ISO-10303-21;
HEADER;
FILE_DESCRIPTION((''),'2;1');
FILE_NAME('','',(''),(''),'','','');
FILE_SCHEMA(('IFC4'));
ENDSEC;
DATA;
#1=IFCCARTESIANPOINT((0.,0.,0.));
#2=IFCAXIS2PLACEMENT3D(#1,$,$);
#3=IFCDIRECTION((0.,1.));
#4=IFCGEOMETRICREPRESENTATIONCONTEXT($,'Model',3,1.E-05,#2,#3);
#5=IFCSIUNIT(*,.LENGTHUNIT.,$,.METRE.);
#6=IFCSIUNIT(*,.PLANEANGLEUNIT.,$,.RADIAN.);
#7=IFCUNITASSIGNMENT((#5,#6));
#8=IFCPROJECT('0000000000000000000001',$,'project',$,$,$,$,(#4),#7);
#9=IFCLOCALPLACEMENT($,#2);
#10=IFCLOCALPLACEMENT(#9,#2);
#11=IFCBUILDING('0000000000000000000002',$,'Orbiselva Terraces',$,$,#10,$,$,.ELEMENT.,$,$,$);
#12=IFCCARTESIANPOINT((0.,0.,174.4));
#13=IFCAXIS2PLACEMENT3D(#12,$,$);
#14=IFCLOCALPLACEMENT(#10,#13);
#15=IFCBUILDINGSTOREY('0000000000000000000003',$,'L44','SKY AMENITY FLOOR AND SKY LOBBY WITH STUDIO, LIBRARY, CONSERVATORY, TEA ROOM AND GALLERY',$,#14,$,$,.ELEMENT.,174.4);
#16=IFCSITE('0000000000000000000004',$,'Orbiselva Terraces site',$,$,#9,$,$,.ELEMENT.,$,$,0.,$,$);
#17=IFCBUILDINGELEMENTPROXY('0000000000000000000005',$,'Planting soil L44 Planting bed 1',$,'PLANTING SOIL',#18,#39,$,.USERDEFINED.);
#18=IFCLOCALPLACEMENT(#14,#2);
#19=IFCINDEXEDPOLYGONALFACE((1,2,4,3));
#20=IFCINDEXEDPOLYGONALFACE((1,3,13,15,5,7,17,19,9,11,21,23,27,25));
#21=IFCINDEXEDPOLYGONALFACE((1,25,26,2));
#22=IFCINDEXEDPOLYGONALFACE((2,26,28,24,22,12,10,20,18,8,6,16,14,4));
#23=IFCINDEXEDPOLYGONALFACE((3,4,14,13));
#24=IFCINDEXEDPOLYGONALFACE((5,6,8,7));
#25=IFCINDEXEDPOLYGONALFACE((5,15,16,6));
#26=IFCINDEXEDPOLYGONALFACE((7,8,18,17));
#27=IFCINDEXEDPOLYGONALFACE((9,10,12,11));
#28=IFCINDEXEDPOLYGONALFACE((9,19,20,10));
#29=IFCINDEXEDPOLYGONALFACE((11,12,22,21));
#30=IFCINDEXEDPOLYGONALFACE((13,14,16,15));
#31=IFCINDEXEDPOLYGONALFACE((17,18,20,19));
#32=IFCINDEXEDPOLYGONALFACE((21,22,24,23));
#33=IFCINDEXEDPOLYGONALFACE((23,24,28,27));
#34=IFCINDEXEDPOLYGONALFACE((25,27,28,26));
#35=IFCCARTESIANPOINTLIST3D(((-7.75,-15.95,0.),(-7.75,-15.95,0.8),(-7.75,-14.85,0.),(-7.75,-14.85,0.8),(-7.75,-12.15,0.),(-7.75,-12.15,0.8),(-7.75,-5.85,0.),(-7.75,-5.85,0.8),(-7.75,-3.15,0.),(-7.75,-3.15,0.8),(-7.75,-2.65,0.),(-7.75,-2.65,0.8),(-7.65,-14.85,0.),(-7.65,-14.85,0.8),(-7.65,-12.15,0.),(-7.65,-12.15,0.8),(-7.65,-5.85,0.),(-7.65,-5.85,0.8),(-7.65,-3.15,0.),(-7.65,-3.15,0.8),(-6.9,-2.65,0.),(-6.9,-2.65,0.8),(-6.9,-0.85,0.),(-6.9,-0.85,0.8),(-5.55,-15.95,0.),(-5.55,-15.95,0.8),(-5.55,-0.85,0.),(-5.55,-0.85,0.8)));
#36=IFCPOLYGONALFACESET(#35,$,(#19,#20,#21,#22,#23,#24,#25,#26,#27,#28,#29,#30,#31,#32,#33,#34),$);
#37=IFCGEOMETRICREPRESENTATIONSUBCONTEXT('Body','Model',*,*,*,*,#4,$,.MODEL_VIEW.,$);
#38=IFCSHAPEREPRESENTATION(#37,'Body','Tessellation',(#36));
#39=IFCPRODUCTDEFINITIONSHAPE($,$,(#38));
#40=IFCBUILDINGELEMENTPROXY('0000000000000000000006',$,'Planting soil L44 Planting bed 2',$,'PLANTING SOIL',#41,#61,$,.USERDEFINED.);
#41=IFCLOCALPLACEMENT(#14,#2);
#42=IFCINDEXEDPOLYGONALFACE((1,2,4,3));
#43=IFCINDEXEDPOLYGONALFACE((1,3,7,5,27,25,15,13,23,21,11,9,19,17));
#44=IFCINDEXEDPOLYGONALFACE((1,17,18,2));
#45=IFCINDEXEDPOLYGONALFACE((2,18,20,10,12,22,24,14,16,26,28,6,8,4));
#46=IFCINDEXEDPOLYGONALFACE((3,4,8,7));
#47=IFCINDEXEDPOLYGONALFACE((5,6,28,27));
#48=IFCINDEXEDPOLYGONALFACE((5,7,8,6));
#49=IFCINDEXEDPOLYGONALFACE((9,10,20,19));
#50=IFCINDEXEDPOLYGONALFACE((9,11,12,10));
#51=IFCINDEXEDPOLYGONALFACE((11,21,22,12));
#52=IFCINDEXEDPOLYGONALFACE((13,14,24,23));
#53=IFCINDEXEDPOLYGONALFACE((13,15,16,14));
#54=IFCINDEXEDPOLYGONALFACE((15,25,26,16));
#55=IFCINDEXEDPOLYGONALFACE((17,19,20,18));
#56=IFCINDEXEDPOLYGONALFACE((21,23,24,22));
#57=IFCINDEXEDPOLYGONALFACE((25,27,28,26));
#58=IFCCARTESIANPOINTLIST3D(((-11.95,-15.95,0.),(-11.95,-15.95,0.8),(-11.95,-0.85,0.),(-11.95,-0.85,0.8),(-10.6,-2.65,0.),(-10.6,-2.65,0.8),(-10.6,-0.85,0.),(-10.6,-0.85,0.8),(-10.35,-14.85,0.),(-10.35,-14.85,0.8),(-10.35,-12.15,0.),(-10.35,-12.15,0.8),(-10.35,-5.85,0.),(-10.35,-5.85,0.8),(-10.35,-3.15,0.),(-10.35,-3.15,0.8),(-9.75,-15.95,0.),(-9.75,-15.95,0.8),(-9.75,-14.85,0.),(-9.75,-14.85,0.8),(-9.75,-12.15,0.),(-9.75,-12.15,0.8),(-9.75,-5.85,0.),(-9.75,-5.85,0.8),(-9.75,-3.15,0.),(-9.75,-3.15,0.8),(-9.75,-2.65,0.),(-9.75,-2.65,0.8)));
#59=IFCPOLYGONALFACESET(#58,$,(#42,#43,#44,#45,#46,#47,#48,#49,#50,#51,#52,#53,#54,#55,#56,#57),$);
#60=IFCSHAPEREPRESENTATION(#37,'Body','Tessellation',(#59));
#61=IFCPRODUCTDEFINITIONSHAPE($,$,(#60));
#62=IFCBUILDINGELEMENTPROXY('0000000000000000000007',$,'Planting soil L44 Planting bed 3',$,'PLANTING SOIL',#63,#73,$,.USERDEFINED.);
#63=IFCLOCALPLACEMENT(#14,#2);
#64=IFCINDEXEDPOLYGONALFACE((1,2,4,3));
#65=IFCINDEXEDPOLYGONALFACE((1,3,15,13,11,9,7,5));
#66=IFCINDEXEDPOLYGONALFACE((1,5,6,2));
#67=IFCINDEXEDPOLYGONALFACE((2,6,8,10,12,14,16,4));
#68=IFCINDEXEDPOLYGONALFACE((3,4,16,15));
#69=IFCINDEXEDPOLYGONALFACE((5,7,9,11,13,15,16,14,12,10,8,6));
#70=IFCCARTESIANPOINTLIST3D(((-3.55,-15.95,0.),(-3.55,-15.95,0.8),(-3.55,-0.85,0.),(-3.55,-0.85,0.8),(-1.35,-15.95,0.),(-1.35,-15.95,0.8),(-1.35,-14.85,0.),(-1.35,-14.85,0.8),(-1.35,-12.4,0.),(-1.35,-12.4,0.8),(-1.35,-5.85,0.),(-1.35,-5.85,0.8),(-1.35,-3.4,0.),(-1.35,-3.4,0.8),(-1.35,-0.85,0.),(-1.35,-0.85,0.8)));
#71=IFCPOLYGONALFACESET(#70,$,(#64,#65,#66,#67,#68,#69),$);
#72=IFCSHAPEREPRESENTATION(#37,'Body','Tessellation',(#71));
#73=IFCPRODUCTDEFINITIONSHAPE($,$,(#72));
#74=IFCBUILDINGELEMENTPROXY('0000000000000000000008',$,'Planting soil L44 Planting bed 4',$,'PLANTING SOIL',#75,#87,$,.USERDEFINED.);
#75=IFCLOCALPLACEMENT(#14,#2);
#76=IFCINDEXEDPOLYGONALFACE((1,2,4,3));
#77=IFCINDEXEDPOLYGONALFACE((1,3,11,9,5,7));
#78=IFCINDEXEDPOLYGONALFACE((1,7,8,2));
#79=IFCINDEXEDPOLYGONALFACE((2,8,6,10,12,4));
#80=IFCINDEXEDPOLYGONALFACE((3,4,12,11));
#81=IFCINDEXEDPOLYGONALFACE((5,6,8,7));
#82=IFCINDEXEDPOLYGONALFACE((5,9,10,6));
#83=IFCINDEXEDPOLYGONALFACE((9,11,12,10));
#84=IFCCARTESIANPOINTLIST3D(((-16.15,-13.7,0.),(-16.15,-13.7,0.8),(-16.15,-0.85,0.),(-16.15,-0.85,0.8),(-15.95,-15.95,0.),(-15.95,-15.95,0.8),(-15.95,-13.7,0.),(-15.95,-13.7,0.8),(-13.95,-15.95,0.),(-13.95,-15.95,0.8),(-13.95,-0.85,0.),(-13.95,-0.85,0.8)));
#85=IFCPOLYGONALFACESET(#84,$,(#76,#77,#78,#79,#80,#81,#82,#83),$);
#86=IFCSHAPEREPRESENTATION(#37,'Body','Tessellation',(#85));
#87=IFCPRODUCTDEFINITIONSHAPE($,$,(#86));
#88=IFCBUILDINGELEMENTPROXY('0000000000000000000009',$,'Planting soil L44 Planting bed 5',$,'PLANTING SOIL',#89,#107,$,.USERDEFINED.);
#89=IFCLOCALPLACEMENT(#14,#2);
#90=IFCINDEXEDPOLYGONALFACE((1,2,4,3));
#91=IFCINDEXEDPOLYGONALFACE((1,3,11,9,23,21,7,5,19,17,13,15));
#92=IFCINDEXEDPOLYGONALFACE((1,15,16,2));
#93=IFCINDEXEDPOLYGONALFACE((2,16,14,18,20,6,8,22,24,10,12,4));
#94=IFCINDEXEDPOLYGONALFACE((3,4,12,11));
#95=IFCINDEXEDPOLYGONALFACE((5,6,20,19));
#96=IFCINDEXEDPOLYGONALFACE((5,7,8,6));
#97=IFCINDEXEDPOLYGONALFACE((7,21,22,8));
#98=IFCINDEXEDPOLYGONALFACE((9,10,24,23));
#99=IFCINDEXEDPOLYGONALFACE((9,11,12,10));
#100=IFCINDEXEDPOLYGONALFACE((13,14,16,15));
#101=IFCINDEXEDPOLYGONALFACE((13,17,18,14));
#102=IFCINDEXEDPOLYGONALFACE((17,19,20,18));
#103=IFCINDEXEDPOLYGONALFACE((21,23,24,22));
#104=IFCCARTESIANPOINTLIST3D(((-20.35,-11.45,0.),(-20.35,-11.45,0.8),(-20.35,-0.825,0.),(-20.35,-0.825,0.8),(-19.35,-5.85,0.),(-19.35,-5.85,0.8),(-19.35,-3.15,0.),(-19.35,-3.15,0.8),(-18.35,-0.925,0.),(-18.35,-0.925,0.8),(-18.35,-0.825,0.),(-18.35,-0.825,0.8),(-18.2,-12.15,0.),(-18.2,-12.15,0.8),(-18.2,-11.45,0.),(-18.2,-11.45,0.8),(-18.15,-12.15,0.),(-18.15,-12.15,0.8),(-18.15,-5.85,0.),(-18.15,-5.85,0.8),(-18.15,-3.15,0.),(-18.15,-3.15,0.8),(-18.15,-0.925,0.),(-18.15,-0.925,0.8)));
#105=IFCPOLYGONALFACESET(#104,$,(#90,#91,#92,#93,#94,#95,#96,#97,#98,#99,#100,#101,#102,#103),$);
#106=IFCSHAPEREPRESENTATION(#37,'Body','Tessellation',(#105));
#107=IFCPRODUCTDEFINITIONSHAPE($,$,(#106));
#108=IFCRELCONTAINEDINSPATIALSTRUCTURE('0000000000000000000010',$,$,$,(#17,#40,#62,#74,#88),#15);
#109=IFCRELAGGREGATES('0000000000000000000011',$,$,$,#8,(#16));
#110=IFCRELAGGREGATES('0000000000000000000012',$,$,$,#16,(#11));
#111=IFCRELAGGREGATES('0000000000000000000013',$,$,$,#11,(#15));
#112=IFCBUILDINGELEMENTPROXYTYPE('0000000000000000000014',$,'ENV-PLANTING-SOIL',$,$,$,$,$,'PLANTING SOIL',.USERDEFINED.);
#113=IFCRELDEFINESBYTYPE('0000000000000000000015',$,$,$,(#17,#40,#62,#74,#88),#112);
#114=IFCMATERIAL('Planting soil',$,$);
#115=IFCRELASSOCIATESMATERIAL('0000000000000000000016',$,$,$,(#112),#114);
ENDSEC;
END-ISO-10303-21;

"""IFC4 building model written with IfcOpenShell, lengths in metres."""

from ifc_helpers import new_model, si_unit, direction, frame, origin, place, context, subcontext, project, spatial, polyline, outline, extrude, material, type_object, element, save


model = new_model("IFC4")

# Units and contexts
model_context = context("Model", 3, precision=1e-05, world=origin(), true_north=direction((0.0, 1.0)))
body_context = subcontext(model_context, "Body", "Model", "MODEL_VIEW")
ifc_project = project(units=[si_unit("LENGTHUNIT", "METRE"), si_unit("PLANEANGLEUNIT", "RADIAN")], contexts=[model_context])

# Site, building, storey
site_placement = place(None, origin())
site = spatial("IfcSite", under=ifc_project, at=site_placement, Name="Orbiselva Terraces site", CompositionType="ELEMENT", RefElevation=0.0)
building_placement = place(site_placement, origin())
building = spatial("IfcBuilding", under=site, at=building_placement, Name="Orbiselva Terraces", CompositionType="ELEMENT")
storey_placement = place(building_placement, frame((0.0, 0.0, 174.4)))
storey = spatial("IfcBuildingStorey", under=building, at=storey_placement, Name="L44", Description="SKY AMENITY FLOOR AND SKY LOBBY WITH STUDIO, LIBRARY, CONSERVATORY, TEA ROOM AND GALLERY", CompositionType="ELEMENT", Elevation=174.4)

# Building element proxies
ifc_material_1 = material(Name="Planting soil")
building_element_proxy_type = type_object("IfcBuildingElementProxyType", Name="ENV-PLANTING-SOIL", ElementType="PLANTING SOIL", PredefinedType="USERDEFINED", material=ifc_material_1)
proxy_1_placement = place(storey_placement, origin())
element("IfcBuildingElementProxy", 1, at=proxy_1_placement, inside=storey, type_object=building_element_proxy_type, Name="Planting soil L44 Planting bed 1", ObjectType="PLANTING SOIL", PredefinedType="USERDEFINED", context=body_context, shape_type="SweptSolid", body=[
    extrude(outline(polyline([(-7.75, -14.85), (-7.65, -14.85), (-7.65, -12.15), (-7.75, -12.15), (-7.75, -5.85), (-7.65, -5.85), (-7.65, -3.15), (-7.75, -3.15), (-7.75, -2.65), (-6.9, -2.65), (-6.9, -0.85), (-5.55, -0.85), (-5.55, -15.95), (-7.75, -15.95), (-7.75, -14.85)])), origin(), (0.0, 0.0, 1.0), 0.8),
])
proxy_2_placement = place(storey_placement, origin())
element("IfcBuildingElementProxy", 2, at=proxy_2_placement, inside=storey, type_object=building_element_proxy_type, Name="Planting soil L44 Planting bed 2", ObjectType="PLANTING SOIL", PredefinedType="USERDEFINED", context=body_context, shape_type="SweptSolid", body=[
    extrude(outline(polyline([(-9.75, -15.95), (-11.95, -15.95), (-11.95, -0.85), (-10.6, -0.85), (-10.6, -2.65), (-9.75, -2.65), (-9.75, -3.15), (-10.35, -3.15), (-10.35, -5.85), (-9.75, -5.85), (-9.75, -12.15), (-10.35, -12.15), (-10.35, -14.85), (-9.75, -14.85), (-9.75, -15.95)])), origin(), (0.0, 0.0, 1.0), 0.8),
])
proxy_3_placement = place(storey_placement, origin())
element("IfcBuildingElementProxy", 3, at=proxy_3_placement, inside=storey, type_object=building_element_proxy_type, Name="Planting soil L44 Planting bed 3", ObjectType="PLANTING SOIL", PredefinedType="USERDEFINED", context=body_context, shape_type="SweptSolid", body=[
    extrude(outline(polyline([(-1.35, -15.95), (-3.55, -15.95), (-3.55, -0.85), (-1.35, -0.85), (-1.35, -3.4), (-1.35, -5.85), (-1.35, -5.85), (-1.35, -12.4), (-1.35, -14.85), (-1.35, -14.85), (-1.35, -15.95)])), origin(), (0.0, 0.0, 1.0), 0.8),
])
proxy_4_placement = place(storey_placement, origin())
element("IfcBuildingElementProxy", 4, at=proxy_4_placement, inside=storey, type_object=building_element_proxy_type, Name="Planting soil L44 Planting bed 4", ObjectType="PLANTING SOIL", PredefinedType="USERDEFINED", context=body_context, shape_type="SweptSolid", body=[
    extrude(outline(polyline([(-16.15, -13.7), (-16.15, -0.85), (-13.95, -0.85), (-13.95, -15.95), (-15.95, -15.95), (-15.95, -13.7), (-16.15, -13.7)])), origin(), (0.0, 0.0, 1.0), 0.8),
])
proxy_5_placement = place(storey_placement, origin())
element("IfcBuildingElementProxy", 5, at=proxy_5_placement, inside=storey, type_object=building_element_proxy_type, Name="Planting soil L44 Planting bed 5", ObjectType="PLANTING SOIL", PredefinedType="USERDEFINED", context=body_context, shape_type="SweptSolid", body=[
    extrude(outline(polyline([(-18.35, -0.825), (-18.35, -0.925), (-18.15, -0.925), (-18.15, -3.15), (-19.35, -3.15), (-19.35, -5.85), (-18.15, -5.85), (-18.15, -12.15), (-18.2, -12.15), (-18.2, -11.45), (-20.35, -11.45), (-20.35, -0.825), (-18.35, -0.825)])), origin(), (0.0, 0.0, 1.0), 0.8),
])

save(model, "model.ifc")
